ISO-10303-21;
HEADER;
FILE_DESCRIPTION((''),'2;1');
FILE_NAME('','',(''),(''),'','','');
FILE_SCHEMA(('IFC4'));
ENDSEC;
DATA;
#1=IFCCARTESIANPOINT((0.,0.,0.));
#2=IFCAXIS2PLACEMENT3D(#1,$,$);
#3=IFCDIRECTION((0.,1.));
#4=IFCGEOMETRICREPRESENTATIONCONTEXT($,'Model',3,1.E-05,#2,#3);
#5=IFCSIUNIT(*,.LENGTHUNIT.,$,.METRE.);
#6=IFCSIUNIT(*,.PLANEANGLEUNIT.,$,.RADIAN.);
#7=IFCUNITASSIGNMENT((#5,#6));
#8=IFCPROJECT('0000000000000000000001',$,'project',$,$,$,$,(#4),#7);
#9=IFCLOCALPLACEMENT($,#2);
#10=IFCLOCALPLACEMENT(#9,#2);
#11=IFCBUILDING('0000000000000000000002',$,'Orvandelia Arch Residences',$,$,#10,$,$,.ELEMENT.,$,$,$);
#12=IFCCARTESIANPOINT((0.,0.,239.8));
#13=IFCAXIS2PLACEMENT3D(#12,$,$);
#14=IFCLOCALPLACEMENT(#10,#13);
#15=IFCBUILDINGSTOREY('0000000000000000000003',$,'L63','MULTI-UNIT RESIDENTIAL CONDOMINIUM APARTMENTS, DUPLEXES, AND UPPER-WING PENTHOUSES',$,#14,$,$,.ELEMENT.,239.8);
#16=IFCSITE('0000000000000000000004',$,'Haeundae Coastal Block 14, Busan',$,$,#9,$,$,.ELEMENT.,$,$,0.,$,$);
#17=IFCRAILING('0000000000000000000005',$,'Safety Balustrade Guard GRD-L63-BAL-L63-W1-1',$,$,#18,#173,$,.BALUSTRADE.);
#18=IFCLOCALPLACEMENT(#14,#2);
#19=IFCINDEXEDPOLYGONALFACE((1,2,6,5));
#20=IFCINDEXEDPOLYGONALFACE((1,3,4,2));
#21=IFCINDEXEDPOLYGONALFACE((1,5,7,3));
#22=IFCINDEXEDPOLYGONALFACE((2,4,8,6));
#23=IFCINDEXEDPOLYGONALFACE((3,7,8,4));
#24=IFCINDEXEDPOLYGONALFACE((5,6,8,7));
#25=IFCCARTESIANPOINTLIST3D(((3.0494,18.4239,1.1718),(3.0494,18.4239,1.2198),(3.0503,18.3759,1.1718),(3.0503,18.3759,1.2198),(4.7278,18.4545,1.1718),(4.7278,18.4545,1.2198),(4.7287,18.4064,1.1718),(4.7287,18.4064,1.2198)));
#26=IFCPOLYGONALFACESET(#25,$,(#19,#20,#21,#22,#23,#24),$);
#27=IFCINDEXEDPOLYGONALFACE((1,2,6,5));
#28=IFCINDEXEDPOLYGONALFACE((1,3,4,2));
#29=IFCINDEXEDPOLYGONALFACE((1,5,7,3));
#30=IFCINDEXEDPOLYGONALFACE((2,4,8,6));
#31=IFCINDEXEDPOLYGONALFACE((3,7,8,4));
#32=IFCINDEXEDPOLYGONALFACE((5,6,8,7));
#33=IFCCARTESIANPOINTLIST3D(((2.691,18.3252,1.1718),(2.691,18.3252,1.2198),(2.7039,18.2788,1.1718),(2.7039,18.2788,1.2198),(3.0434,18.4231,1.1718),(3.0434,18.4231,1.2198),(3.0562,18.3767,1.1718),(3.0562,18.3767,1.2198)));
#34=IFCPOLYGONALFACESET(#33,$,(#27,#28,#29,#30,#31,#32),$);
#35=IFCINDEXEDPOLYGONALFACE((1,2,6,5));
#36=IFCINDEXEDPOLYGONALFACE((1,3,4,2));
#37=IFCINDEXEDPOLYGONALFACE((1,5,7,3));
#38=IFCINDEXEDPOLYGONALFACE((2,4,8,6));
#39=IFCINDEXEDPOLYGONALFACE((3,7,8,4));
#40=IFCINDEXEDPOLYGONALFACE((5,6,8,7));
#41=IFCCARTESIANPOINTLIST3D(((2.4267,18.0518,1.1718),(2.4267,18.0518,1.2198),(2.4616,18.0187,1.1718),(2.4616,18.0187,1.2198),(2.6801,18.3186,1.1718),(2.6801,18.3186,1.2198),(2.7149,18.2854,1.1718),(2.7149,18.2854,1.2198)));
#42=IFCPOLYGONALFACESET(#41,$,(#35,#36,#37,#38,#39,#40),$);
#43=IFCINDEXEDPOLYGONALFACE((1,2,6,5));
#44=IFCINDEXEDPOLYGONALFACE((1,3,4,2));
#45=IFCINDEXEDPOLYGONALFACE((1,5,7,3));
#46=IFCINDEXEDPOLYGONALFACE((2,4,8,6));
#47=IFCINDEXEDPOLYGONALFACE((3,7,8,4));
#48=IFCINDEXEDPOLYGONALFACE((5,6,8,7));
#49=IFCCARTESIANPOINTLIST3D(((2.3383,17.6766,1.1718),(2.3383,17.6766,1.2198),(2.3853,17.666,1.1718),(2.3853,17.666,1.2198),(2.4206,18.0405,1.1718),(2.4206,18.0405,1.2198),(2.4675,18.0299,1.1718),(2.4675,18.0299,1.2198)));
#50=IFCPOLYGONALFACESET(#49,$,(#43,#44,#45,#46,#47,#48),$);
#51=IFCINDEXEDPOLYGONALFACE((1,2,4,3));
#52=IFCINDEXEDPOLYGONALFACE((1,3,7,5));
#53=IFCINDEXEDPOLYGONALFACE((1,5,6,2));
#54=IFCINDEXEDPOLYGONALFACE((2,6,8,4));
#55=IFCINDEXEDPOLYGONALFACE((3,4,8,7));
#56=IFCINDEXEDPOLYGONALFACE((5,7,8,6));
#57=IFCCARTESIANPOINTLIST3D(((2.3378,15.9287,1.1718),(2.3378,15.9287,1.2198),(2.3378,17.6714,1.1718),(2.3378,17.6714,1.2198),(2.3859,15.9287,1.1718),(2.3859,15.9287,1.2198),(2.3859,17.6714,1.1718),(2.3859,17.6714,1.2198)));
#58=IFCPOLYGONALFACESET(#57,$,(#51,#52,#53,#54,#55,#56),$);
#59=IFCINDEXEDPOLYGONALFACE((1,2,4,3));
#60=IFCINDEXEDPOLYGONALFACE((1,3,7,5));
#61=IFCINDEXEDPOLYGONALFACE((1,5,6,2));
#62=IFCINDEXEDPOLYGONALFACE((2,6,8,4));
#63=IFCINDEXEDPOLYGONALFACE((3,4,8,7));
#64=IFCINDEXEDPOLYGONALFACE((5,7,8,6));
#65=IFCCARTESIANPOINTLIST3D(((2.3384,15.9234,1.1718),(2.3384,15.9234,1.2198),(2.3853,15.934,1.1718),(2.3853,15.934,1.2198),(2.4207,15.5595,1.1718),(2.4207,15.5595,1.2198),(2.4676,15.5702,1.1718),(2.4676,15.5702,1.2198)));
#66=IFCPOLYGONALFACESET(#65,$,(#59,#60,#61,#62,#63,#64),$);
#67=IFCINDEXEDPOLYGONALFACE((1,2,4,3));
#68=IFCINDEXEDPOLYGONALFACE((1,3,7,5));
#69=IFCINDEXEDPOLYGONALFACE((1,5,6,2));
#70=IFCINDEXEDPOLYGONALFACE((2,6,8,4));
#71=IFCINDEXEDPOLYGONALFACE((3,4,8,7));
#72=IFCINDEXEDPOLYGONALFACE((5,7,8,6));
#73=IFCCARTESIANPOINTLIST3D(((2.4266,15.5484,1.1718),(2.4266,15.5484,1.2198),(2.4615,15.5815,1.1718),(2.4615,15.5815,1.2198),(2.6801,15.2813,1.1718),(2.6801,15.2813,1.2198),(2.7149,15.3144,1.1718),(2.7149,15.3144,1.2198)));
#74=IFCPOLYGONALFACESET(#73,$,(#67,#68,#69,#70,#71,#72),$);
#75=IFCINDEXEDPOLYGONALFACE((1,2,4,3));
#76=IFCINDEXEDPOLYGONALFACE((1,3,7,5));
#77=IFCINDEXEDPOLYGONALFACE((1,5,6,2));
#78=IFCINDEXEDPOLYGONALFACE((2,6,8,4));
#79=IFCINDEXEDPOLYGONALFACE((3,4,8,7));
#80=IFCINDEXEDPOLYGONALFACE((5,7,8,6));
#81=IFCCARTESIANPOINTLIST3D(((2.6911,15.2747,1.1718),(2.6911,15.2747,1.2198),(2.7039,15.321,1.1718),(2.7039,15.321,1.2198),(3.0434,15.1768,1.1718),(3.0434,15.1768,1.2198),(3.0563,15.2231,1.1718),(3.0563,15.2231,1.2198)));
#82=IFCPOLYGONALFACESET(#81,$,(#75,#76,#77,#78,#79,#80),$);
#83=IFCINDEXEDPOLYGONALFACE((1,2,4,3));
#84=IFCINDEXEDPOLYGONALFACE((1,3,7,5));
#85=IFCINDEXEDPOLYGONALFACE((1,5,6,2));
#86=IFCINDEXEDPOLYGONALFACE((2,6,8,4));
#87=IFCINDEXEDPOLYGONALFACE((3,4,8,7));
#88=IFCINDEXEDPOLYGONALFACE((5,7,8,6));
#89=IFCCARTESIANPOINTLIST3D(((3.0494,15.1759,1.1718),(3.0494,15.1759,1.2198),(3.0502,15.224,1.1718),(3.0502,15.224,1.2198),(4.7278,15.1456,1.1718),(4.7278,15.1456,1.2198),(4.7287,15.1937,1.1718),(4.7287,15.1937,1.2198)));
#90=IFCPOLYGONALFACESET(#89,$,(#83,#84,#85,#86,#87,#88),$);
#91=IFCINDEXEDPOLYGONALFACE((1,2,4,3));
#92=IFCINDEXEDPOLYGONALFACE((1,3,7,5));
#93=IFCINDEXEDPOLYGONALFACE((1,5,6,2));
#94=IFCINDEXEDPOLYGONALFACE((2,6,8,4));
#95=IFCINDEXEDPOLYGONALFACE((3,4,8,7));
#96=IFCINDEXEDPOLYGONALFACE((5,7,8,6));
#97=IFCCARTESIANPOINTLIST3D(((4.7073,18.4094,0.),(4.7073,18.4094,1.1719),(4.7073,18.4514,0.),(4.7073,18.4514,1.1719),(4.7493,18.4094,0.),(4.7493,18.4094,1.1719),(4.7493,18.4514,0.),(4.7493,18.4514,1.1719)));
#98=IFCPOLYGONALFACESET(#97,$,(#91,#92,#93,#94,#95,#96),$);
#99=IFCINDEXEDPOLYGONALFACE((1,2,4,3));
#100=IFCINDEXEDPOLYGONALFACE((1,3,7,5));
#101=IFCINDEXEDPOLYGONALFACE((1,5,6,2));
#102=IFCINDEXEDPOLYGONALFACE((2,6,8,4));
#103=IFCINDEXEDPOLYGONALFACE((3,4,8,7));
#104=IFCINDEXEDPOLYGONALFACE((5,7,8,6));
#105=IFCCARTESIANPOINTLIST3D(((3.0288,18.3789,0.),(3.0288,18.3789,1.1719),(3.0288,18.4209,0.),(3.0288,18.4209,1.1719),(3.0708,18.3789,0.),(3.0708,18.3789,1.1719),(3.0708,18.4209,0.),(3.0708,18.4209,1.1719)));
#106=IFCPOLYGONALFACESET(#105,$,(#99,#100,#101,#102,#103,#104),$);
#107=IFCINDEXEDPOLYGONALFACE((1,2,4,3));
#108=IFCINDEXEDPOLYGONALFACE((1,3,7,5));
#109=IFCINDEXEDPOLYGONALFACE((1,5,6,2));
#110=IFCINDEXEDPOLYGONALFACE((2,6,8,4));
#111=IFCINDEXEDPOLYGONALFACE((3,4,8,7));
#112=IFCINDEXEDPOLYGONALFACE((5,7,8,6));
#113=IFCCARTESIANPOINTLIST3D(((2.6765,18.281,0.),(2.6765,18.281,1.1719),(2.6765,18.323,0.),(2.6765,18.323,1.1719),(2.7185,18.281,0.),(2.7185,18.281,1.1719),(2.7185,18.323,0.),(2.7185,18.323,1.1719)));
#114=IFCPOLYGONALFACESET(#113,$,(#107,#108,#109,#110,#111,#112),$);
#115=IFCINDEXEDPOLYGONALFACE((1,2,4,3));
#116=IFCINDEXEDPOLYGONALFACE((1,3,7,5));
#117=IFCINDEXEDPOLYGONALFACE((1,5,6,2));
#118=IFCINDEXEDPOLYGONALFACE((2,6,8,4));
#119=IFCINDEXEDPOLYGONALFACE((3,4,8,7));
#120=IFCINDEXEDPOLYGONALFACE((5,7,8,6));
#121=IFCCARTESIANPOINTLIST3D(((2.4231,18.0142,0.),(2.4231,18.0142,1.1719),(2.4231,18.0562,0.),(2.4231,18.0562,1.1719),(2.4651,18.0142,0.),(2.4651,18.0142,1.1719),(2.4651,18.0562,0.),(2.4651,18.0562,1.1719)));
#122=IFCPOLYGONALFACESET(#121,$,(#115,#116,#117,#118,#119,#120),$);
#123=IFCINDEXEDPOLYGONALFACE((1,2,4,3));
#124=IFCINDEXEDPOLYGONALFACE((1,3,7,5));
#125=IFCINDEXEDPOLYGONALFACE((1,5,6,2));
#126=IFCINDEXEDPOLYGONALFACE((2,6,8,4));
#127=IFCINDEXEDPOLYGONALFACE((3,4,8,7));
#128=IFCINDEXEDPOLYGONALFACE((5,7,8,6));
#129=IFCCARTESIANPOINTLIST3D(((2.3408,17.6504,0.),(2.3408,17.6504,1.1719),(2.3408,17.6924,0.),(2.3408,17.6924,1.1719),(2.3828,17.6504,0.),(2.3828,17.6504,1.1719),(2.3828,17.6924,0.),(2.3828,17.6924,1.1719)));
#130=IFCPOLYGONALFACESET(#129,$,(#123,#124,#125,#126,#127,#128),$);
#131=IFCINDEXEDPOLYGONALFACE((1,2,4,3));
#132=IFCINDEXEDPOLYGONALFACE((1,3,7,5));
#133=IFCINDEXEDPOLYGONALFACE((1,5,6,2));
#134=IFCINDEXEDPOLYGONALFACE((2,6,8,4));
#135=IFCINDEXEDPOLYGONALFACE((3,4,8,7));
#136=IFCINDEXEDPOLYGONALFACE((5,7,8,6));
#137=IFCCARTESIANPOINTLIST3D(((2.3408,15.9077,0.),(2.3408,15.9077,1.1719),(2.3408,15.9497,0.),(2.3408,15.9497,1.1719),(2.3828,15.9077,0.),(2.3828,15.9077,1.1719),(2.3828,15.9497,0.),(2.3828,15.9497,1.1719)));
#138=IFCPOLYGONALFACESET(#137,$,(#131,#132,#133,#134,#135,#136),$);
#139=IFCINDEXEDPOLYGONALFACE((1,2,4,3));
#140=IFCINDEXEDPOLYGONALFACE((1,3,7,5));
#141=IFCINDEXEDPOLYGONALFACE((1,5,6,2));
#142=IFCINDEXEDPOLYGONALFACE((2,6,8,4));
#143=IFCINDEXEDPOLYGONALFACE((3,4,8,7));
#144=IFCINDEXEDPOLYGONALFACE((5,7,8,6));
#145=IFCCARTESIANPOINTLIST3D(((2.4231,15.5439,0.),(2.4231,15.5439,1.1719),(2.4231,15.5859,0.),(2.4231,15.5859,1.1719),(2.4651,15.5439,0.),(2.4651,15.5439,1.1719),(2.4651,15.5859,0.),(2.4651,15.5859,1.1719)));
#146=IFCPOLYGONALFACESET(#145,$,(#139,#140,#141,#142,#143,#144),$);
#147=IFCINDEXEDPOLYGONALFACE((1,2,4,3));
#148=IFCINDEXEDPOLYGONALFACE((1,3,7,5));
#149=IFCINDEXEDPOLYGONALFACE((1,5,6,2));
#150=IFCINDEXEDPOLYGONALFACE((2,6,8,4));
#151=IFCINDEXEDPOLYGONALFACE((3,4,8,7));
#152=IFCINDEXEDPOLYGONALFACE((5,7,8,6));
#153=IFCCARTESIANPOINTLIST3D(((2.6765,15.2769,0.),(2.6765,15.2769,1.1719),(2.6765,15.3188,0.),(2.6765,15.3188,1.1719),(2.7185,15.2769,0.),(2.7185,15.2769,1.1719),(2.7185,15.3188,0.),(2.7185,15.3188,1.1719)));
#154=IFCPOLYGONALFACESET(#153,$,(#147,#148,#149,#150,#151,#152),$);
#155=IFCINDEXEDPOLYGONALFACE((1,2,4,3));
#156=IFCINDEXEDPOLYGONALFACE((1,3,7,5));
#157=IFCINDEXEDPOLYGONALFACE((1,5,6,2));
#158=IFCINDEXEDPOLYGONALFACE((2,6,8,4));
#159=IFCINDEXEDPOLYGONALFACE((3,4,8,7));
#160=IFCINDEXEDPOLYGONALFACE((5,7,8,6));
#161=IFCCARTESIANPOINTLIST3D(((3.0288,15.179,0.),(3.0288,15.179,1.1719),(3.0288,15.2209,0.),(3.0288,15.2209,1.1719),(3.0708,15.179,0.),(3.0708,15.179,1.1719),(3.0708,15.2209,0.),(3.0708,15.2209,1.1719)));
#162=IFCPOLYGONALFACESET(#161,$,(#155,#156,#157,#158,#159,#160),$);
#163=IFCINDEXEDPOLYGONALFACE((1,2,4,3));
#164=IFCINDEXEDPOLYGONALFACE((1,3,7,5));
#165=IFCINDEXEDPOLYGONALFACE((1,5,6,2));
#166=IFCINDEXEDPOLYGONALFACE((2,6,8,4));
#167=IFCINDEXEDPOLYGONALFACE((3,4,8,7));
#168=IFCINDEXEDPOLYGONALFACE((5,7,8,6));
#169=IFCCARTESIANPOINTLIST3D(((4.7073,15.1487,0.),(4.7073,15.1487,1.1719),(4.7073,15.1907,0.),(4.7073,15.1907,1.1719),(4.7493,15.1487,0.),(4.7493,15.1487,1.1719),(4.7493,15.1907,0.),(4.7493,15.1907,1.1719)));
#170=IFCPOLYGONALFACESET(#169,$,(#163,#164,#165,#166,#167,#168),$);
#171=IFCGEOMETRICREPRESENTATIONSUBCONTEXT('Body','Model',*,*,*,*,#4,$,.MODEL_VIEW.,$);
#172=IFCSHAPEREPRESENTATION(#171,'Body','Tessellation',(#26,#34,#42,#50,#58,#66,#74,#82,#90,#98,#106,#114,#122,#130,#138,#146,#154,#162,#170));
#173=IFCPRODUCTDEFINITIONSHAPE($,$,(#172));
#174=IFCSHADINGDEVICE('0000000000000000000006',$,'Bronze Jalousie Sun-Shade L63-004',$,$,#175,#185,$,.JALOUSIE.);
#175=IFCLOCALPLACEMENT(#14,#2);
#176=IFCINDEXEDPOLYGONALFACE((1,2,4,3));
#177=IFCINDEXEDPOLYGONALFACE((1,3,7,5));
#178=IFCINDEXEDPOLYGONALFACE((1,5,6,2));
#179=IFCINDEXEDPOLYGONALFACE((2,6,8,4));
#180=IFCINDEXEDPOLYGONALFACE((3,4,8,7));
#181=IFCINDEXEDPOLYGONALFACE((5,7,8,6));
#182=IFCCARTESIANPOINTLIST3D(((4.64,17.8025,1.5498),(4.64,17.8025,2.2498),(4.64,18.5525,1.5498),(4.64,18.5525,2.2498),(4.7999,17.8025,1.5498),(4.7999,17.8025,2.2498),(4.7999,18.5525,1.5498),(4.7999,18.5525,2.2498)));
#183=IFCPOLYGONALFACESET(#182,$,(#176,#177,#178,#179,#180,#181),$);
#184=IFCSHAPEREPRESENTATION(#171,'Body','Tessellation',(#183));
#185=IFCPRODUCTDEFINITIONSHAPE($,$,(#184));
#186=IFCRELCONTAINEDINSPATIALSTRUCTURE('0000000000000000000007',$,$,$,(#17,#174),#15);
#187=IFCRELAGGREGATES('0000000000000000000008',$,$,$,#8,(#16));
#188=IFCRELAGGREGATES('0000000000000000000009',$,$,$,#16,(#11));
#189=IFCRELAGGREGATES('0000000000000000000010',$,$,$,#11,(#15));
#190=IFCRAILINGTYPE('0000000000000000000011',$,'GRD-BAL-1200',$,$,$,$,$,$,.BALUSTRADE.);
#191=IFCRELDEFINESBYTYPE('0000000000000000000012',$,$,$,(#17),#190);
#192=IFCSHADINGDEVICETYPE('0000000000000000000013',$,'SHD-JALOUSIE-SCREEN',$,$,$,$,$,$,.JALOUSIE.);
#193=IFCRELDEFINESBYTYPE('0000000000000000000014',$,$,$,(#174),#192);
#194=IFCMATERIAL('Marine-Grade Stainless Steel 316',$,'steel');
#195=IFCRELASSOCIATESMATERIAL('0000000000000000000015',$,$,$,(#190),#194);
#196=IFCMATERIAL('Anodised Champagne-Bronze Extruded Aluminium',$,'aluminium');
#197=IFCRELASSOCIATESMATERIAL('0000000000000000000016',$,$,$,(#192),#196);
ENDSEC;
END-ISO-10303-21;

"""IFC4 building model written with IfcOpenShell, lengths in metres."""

from ifc_helpers import new_model, si_unit, direction, frame, origin, origin_2d, place, context, subcontext, project, spatial, rectangle, extrude, material, type_object, element, save


model = new_model("IFC4")

# Units and contexts
model_context = context("Model", 3, precision=1e-05, world=origin(), true_north=direction((0.0, 1.0)))
body_context = subcontext(model_context, "Body", "Model", "MODEL_VIEW")
ifc_project = project(units=[si_unit("LENGTHUNIT", "METRE"), si_unit("PLANEANGLEUNIT", "RADIAN")], contexts=[model_context])

# Site, building, storey
site_placement = place(None, origin())
site = spatial("IfcSite", under=ifc_project, at=site_placement, Name="Haeundae Coastal Block 14, Busan", CompositionType="ELEMENT", RefElevation=0.0)
building_placement = place(site_placement, origin())
building = spatial("IfcBuilding", under=site, at=building_placement, Name="Orvandelia Arch Residences", CompositionType="ELEMENT")
storey_placement = place(building_placement, frame((0.0, 0.0, 239.8)))
storey = spatial("IfcBuildingStorey", under=building, at=storey_placement, Name="L63", Description="MULTI-UNIT RESIDENTIAL CONDOMINIUM APARTMENTS, DUPLEXES, AND UPPER-WING PENTHOUSES", CompositionType="ELEMENT", Elevation=239.8)

# Railing
ifc_material_1 = material(Name="Marine-Grade Stainless Steel 316", Category="steel")
railing_type = type_object("IfcRailingType", Name="GRD-BAL-1200", PredefinedType="BALUSTRADE", material=ifc_material_1)
railing_placement = place(storey_placement, frame((4.7283, 18.4304, 0.0)))
element("IfcRailing", 1, at=railing_placement, inside=storey, type_object=railing_type, Name="Safety Balustrade Guard GRD-L63-BAL-L63-W1-1", PredefinedType="BALUSTRADE", context=body_context, shape_type="SweptSolid", body=[
    extrude(rectangle(XDim=0.0481, YDim=0.0481, at=origin_2d()), frame((0.0, 0.0, 1.1958), z_axis=(-0.999835, -0.018179, 0.0), x_axis=(0.018179, -0.999835, 0.0)), (0.0, 0.0, 1.0), 1.6787),
    extrude(rectangle(XDim=0.0481, YDim=0.0481, at=origin_2d()), frame((-1.6785, -0.0305, 1.1958), z_axis=(-0.963489, -0.267747, 0.0), x_axis=(0.267747, -0.963489, 0.0)), (0.0, 0.0, 1.0), 0.3657),
    extrude(rectangle(XDim=0.0481, YDim=0.0481, at=origin_2d()), frame((-2.0308, -0.1284, 1.1958), z_axis=(-0.688627, -0.725115, 0.0), x_axis=(0.725115, -0.688627, 0.0)), (0.0, 0.0, 1.0), 0.3679),
    extrude(rectangle(XDim=0.0481, YDim=0.0481, at=origin_2d()), frame((-2.2842, -0.3953, 1.1958), z_axis=(-0.220602, -0.975364, 0.0), x_axis=(0.975364, -0.220602, 0.0)), (0.0, 0.0, 1.0), 0.373),
    extrude(rectangle(XDim=0.0481, YDim=0.0481, at=origin_2d()), frame((-2.3665, -0.759, 1.1958), z_axis=(0.0, -1.0, 0.0), x_axis=(1.0, 0.0, 0.0)), (0.0, 0.0, 1.0), 1.7427),
    extrude(rectangle(XDim=0.0481, YDim=0.0481, at=origin_2d()), frame((-2.3665, -2.5017, 1.1958), z_axis=(0.220602, -0.975364, 0.0), x_axis=(0.975364, 0.220602, 0.0)), (0.0, 0.0, 1.0), 0.373),
    extrude(rectangle(XDim=0.0481, YDim=0.0481, at=origin_2d()), frame((-2.2842, -2.8655, 1.1958), z_axis=(0.688296, -0.72543, 0.0), x_axis=(0.72543, 0.688296, 0.0)), (0.0, 0.0, 1.0), 0.3682),
    extrude(rectangle(XDim=0.0481, YDim=0.0481, at=origin_2d()), frame((-2.0308, -3.1326, 1.1958), z_axis=(0.963489, -0.267747, 0.0), x_axis=(0.267747, 0.963489, 0.0)), (0.0, 0.0, 1.0), 0.3657),
    extrude(rectangle(XDim=0.0481, YDim=0.0481, at=origin_2d()), frame((-1.6785, -3.2305, 1.1958), z_axis=(0.999837, -0.018033, 0.0), x_axis=(0.018033, 0.999837, 0.0)), (0.0, 0.0, 1.0), 1.6787),
    extrude(rectangle(XDim=0.042, YDim=0.042, at=origin_2d()), origin(), (0.0, 0.0, 1.0), 1.1719),
    extrude(rectangle(XDim=0.042, YDim=0.042, at=origin_2d()), frame((-1.6785, -0.0305, 0.0)), (0.0, 0.0, 1.0), 1.1719),
    extrude(rectangle(XDim=0.042, YDim=0.042, at=origin_2d()), frame((-2.0308, -0.1284, 0.0)), (0.0, 0.0, 1.0), 1.1719),
    extrude(rectangle(XDim=0.042, YDim=0.042, at=origin_2d()), frame((-2.2842, -0.3953, 0.0)), (0.0, 0.0, 1.0), 1.1719),
    extrude(rectangle(XDim=0.042, YDim=0.042, at=origin_2d()), frame((-2.3665, -0.759, 0.0)), (0.0, 0.0, 1.0), 1.1719),
    extrude(rectangle(XDim=0.042, YDim=0.042, at=origin_2d()), frame((-2.3665, -2.5017, 0.0)), (0.0, 0.0, 1.0), 1.1719),
    extrude(rectangle(XDim=0.042, YDim=0.042, at=origin_2d()), frame((-2.2842, -2.8655, 0.0)), (0.0, 0.0, 1.0), 1.1719),
    extrude(rectangle(XDim=0.042, YDim=0.042, at=origin_2d()), frame((-2.0308, -3.1326, 0.0)), (0.0, 0.0, 1.0), 1.1719),
    extrude(rectangle(XDim=0.042, YDim=0.042, at=origin_2d()), frame((-1.6785, -3.2305, 0.0)), (0.0, 0.0, 1.0), 1.1719),
    extrude(rectangle(XDim=0.042, YDim=0.042, at=origin_2d()), frame((0.0, -3.2607, 0.0)), (0.0, 0.0, 1.0), 1.1719),
])

# Shading device
ifc_material_2 = material(Name="Anodised Champagne-Bronze Extruded Aluminium", Category="aluminium")
shading_device_type = type_object("IfcShadingDeviceType", Name="SHD-JALOUSIE-SCREEN", PredefinedType="JALOUSIE", material=ifc_material_2)
shading_device_placement = place(storey_placement, frame((4.72, 18.1775, 1.5498), z_axis=(0.0, 0.0, 1.0), x_axis=(0.0, 1.0, 0.0)))
element("IfcShadingDevice", 2, at=shading_device_placement, inside=storey, type_object=shading_device_type, Name="Bronze Jalousie Sun-Shade L63-004", PredefinedType="JALOUSIE", context=body_context, shape_type="SweptSolid", body=[
    extrude(rectangle(XDim=0.75, YDim=0.1599, at=origin_2d()), origin(), (0.0, 0.0, 1.0), 0.7),
])

save(model, "model.ifc")
